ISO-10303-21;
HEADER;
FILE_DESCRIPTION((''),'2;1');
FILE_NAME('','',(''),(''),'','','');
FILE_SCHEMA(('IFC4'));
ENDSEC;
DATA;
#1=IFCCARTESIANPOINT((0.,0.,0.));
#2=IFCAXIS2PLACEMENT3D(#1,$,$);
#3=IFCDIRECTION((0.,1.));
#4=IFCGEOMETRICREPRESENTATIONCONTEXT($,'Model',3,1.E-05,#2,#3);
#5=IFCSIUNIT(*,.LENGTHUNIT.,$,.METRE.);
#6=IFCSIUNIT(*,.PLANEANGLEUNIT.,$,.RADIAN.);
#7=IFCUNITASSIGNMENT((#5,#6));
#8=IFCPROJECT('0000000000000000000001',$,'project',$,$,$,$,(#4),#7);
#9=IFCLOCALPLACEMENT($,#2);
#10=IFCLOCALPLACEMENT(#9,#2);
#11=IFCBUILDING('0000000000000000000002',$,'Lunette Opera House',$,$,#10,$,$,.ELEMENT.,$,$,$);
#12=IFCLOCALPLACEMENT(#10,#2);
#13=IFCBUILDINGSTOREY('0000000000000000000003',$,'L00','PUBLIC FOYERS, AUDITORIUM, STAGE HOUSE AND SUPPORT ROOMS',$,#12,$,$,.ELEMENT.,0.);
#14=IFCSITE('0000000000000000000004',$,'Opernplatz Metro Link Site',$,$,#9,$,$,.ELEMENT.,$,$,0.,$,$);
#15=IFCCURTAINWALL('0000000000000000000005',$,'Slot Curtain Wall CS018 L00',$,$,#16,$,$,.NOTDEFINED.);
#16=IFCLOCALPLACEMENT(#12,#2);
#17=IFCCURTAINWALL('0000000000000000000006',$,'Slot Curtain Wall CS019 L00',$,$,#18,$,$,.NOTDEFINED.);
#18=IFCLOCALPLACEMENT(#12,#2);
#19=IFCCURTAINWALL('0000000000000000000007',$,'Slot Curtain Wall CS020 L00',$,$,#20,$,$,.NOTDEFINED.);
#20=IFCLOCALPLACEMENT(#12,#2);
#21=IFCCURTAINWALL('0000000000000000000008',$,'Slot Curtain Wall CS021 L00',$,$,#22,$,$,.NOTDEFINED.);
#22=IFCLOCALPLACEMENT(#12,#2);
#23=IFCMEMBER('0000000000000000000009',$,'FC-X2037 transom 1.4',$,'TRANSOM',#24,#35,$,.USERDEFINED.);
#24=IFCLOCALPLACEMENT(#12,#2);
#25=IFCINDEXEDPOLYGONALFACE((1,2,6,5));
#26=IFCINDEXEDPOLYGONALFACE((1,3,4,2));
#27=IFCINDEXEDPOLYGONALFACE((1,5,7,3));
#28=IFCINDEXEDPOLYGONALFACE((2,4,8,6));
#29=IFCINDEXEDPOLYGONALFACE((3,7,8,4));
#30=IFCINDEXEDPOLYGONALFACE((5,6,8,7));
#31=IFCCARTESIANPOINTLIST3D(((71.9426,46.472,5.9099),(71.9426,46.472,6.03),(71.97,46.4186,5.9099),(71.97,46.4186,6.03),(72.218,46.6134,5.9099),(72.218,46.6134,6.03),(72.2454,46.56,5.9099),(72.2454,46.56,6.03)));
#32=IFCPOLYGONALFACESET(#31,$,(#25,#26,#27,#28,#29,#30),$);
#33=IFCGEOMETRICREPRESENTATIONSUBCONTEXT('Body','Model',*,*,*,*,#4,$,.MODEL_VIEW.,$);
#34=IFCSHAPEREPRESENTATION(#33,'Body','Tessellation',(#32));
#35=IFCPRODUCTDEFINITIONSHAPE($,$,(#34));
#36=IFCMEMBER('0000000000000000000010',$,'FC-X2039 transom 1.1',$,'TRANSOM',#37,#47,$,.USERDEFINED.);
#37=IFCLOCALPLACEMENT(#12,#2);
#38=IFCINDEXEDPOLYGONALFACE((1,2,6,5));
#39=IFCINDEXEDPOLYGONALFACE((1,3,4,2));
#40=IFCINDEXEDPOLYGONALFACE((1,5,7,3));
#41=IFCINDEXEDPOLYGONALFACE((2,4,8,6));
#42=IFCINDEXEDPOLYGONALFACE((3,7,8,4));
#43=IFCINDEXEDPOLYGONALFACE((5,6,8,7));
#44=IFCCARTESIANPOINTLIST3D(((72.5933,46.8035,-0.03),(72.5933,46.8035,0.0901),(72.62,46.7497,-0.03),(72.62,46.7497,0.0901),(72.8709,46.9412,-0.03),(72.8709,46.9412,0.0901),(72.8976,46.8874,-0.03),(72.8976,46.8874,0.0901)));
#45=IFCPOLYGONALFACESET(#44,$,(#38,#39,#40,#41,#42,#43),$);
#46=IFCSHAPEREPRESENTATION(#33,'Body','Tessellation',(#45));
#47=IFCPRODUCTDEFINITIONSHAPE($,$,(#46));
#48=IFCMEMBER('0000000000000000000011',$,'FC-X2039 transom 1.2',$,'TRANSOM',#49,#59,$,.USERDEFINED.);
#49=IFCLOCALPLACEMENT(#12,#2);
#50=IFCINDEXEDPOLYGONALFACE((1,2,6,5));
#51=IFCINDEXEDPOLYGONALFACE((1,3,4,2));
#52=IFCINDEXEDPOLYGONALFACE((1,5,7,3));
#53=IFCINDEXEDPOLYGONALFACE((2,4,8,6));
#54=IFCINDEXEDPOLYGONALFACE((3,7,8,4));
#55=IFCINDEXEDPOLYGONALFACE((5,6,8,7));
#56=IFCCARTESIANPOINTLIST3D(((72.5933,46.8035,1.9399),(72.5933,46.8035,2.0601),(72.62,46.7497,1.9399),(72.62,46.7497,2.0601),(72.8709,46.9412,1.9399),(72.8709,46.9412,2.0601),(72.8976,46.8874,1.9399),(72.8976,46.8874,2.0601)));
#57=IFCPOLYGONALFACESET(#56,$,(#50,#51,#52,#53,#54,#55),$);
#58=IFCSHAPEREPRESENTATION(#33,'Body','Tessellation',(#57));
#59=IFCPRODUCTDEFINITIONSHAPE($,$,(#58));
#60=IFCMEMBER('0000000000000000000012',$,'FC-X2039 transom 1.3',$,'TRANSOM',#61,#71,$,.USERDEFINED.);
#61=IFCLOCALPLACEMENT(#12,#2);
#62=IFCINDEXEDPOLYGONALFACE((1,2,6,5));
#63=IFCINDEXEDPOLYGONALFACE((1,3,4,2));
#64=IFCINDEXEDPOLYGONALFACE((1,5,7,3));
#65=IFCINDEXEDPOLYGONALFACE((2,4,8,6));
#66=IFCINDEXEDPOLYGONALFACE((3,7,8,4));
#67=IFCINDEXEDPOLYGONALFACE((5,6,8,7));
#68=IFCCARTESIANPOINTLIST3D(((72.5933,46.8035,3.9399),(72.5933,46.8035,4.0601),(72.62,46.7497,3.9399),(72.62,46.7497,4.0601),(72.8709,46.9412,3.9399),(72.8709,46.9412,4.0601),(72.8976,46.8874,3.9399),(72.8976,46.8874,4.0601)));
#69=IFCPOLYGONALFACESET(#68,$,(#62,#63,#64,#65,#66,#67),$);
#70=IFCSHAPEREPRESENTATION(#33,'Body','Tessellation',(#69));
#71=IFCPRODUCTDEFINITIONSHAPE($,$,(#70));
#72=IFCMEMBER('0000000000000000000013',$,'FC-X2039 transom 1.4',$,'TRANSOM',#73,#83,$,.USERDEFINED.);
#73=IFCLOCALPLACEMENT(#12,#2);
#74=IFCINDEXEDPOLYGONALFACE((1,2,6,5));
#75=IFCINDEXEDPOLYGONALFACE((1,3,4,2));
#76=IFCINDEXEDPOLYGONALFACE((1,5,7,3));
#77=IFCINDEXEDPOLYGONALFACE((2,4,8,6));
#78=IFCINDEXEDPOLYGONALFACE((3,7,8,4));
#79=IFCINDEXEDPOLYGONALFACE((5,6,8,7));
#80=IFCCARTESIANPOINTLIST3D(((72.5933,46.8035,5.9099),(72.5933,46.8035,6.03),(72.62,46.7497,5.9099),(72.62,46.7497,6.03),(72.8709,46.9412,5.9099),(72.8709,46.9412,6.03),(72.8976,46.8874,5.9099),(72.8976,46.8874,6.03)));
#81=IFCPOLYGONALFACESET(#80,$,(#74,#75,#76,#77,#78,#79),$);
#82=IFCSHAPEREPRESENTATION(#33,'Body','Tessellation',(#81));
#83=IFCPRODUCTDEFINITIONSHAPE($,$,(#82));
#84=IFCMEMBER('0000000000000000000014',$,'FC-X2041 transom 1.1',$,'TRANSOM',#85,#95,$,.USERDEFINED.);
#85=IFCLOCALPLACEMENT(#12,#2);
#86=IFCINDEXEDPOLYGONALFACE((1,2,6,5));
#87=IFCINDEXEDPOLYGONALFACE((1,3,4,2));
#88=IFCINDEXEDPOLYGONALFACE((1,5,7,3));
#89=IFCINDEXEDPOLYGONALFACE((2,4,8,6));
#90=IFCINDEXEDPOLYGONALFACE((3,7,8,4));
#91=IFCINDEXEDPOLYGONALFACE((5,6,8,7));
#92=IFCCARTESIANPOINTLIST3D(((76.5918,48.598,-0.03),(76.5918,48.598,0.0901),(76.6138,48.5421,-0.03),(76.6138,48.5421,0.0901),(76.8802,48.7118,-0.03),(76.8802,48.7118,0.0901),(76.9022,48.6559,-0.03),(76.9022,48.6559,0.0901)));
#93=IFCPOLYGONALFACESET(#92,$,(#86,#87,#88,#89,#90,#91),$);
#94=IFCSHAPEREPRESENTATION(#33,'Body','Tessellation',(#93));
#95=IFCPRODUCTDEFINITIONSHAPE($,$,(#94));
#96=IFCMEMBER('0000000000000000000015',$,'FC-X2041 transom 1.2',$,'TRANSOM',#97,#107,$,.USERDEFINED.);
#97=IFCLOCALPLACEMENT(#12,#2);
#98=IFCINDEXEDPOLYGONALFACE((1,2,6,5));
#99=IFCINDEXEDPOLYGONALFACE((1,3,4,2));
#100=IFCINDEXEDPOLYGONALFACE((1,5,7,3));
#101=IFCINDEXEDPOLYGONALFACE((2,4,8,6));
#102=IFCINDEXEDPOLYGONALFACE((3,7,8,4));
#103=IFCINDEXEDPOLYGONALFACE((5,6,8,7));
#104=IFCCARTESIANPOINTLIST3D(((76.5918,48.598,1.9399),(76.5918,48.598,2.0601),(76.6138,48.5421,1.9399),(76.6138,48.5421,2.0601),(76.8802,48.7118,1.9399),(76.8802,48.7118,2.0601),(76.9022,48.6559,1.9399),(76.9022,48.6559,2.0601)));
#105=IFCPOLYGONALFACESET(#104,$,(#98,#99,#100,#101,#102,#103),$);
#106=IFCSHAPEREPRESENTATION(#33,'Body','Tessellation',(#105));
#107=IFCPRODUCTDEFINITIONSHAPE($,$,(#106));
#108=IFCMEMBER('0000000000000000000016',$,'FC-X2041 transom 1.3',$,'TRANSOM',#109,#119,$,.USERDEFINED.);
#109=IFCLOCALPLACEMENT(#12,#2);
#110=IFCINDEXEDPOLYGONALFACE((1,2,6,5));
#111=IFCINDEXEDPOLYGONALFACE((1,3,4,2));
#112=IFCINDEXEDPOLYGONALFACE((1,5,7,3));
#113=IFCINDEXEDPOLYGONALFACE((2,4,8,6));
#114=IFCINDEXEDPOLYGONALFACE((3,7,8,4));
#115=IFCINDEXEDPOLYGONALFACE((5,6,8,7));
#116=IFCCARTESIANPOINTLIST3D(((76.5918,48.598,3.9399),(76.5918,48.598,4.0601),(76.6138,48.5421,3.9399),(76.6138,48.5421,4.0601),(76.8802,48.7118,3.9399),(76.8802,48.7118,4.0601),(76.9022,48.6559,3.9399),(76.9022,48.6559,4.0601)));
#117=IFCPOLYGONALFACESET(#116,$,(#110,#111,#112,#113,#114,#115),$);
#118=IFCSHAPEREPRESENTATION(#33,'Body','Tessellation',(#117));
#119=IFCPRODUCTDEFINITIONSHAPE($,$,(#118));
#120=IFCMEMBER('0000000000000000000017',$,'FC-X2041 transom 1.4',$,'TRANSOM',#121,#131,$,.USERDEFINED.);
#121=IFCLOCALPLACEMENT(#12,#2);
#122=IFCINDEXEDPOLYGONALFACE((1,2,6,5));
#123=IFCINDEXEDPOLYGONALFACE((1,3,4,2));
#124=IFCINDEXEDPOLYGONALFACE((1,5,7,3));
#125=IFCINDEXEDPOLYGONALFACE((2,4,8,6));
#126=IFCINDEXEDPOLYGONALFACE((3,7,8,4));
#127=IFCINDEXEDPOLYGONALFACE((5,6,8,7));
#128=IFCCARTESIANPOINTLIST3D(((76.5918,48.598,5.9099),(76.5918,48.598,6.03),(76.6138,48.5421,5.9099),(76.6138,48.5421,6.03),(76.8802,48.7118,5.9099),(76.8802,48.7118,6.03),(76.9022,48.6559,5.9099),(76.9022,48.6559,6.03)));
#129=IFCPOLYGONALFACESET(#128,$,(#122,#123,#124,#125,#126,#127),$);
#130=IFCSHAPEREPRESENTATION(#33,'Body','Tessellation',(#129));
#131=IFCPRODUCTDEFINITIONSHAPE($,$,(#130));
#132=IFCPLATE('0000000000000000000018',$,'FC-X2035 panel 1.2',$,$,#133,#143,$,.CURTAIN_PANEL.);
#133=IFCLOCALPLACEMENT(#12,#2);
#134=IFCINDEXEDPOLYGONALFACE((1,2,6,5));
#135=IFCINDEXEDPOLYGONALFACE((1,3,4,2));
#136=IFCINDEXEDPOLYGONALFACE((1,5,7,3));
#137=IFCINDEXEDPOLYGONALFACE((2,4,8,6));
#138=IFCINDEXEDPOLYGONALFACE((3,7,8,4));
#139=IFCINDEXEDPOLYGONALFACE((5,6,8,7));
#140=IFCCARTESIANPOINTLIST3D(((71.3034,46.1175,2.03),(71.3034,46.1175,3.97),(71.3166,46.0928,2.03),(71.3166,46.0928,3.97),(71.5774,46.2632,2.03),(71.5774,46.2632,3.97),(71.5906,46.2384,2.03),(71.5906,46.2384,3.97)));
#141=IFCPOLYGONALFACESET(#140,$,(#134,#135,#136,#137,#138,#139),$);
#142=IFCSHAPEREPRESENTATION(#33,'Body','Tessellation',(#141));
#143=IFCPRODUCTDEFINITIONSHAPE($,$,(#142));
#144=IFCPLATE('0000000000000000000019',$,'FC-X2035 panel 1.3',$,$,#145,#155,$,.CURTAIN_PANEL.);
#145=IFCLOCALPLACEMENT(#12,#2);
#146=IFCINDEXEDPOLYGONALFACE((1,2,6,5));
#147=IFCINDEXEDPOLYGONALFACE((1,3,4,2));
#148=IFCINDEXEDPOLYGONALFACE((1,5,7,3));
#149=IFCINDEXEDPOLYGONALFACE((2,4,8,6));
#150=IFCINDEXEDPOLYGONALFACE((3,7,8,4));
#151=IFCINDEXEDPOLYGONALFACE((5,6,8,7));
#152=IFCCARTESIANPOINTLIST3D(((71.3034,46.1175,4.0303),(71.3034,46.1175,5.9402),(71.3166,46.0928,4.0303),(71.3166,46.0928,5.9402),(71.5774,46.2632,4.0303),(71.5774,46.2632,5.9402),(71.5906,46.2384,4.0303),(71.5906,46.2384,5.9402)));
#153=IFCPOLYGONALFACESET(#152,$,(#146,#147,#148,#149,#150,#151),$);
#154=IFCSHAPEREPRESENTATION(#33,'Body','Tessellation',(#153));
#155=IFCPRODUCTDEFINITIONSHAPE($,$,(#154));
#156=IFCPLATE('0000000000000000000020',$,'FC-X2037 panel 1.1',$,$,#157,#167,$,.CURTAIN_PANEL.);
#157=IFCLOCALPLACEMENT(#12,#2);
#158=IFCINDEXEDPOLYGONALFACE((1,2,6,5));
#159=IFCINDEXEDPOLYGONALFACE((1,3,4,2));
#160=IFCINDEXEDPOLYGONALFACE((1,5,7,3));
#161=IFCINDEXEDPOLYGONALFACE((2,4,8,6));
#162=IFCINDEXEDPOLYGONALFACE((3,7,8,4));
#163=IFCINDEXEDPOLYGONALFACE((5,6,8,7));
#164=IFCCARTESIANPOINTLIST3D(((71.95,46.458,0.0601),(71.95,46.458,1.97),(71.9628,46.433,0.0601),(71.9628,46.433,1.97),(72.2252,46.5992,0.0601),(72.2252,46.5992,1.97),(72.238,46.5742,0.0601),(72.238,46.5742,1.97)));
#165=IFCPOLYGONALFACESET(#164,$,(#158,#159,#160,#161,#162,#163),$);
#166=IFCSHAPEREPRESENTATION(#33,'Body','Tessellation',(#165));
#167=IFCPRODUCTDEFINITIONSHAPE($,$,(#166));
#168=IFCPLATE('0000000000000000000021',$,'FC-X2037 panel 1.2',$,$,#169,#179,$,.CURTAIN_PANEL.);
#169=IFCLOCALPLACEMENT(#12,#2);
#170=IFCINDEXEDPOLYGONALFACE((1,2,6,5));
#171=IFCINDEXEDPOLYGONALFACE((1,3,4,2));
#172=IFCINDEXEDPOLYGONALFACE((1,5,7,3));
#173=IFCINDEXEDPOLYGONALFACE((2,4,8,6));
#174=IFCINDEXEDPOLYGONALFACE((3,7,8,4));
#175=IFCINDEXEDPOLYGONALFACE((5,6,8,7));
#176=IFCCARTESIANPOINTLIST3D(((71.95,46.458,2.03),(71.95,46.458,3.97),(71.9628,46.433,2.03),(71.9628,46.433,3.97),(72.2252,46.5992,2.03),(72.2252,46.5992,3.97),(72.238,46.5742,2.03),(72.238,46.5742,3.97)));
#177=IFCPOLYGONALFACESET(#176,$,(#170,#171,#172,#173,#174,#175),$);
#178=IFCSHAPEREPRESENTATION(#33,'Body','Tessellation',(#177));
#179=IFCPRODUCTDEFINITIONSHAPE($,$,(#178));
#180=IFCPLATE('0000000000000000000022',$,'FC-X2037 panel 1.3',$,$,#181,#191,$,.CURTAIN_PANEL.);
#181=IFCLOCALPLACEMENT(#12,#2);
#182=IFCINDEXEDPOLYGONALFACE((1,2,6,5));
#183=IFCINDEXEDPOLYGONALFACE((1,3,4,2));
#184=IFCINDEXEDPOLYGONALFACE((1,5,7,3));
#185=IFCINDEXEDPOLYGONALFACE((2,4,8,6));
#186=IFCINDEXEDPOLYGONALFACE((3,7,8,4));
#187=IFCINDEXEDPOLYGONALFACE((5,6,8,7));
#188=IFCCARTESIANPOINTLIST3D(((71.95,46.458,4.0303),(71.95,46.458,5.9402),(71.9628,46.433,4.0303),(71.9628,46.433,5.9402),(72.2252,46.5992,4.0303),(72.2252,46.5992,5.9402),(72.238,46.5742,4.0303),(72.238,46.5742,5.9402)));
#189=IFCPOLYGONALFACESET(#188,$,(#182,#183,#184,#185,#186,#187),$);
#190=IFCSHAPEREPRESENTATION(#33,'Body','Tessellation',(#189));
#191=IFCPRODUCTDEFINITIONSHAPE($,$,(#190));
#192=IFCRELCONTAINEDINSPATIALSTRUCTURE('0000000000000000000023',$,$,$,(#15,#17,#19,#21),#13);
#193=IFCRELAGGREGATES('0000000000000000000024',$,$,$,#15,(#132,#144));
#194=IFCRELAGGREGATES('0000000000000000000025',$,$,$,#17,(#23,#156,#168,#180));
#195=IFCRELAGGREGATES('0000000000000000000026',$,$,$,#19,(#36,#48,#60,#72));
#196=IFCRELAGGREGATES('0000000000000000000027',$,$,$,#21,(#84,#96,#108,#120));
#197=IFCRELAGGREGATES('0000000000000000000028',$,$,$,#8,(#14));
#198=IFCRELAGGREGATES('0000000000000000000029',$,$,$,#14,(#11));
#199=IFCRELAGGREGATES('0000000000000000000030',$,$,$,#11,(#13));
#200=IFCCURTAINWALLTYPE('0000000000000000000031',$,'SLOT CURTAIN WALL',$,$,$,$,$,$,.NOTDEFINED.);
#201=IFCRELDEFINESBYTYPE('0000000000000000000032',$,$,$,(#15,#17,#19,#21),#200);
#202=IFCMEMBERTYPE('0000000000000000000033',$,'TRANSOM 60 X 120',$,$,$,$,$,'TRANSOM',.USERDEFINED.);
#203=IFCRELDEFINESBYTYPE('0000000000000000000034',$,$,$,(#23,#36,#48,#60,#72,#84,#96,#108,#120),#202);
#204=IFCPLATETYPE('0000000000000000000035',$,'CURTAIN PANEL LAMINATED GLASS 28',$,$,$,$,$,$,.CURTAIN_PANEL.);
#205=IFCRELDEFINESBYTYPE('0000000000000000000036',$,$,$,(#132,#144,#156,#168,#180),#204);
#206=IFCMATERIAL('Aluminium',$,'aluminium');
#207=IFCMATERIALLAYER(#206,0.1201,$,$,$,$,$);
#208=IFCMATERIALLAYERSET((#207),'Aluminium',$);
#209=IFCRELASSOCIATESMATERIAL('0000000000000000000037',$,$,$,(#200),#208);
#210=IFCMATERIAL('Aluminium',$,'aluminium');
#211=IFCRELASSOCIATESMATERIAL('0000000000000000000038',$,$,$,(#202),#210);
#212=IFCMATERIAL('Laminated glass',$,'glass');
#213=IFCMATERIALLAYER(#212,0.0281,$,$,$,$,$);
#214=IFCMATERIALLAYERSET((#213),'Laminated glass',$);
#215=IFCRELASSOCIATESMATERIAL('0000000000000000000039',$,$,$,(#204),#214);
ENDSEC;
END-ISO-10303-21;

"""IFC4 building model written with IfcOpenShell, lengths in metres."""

from ifc_helpers import new_model, si_unit, direction, frame, origin, origin_2d, place, context, subcontext, project, spatial, rectangle, extrude, material, layer, layer_set, material_profile, profile_set, type_object, element, aggregate, save


model = new_model("IFC4")

# Units and contexts
model_context = context("Model", 3, precision=1e-05, world=origin(), true_north=direction((0.0, 1.0)))
body_context = subcontext(model_context, "Body", "Model", "MODEL_VIEW")
ifc_project = project(units=[si_unit("LENGTHUNIT", "METRE"), si_unit("PLANEANGLEUNIT", "RADIAN")], contexts=[model_context])

# Site, building, storey
site_placement = place(None, origin())
site = spatial("IfcSite", under=ifc_project, at=site_placement, Name="Opernplatz Metro Link Site", CompositionType="ELEMENT", RefElevation=0.0)
building_placement = place(site_placement, origin())
building = spatial("IfcBuilding", under=site, at=building_placement, Name="Lunette Opera House", CompositionType="ELEMENT")
storey_placement = place(building_placement, origin())
storey = spatial("IfcBuildingStorey", under=building, at=storey_placement, Name="L00", Description="PUBLIC FOYERS, AUDITORIUM, STAGE HOUSE AND SUPPORT ROOMS", CompositionType="ELEMENT", Elevation=0.0)

# Curtain wall
ifc_material_1 = material(Name="Aluminium", Category="aluminium")
ifc_layer_1 = layer(ifc_material_1, 0.1201)
ifc_layer_set_1 = layer_set([ifc_layer_1], Name="Aluminium")
curtain_wall_type = type_object("IfcCurtainWallType", Name="SLOT CURTAIN WALL", PredefinedType="NOTDEFINED", material=ifc_layer_set_1)
curtain_wall_1_placement = place(storey_placement, origin())
curtain_wall_1 = element("IfcCurtainWall", 1, at=curtain_wall_1_placement, inside=storey, type_object=curtain_wall_type, Name="Slot Curtain Wall CS018 L00", PredefinedType="NOTDEFINED")

# Curtain walls
curtain_wall_2_placement = place(storey_placement, origin())
curtain_wall_2 = element("IfcCurtainWall", 2, at=curtain_wall_2_placement, inside=storey, type_object=curtain_wall_type, Name="Slot Curtain Wall CS019 L00", PredefinedType="NOTDEFINED")
curtain_wall_3_placement = place(storey_placement, origin())
curtain_wall_3 = element("IfcCurtainWall", 3, at=curtain_wall_3_placement, inside=storey, type_object=curtain_wall_type, Name="Slot Curtain Wall CS020 L00", PredefinedType="NOTDEFINED")

# Curtain wall
curtain_wall_4_placement = place(storey_placement, origin())
curtain_wall_4 = element("IfcCurtainWall", 4, at=curtain_wall_4_placement, inside=storey, type_object=curtain_wall_type, Name="Slot Curtain Wall CS021 L00", PredefinedType="NOTDEFINED")

# Members
ifc_material_2 = material(Name="Aluminium", Category="aluminium")
ifc_material_profile_1 = material_profile(ifc_material_2, rectangle(XDim=0.0601, YDim=0.1201, at=origin_2d()), Name="TRANSOM 60 X 120")
ifc_profile_set_1 = profile_set([ifc_material_profile_1], Name="Aluminium")
member_type_1 = type_object("IfcMemberType", Name="TRANSOM 60 X 120", ElementType="TRANSOM", PredefinedType="USERDEFINED", material=ifc_profile_set_1)
member_1_placement = place(storey_placement, frame((71.9563, 46.4453, 5.97), z_axis=(0.889645, 0.456653, 0.0), x_axis=(-0.456653, 0.889645, 0.0)))
member_1 = element("IfcMember", 5, at=member_1_placement, type_object=member_type_1, Name="FC-X2037 transom 1.4", ObjectType="TRANSOM", PredefinedType="USERDEFINED", context=body_context, shape_type="SweptSolid", body=[
    extrude(rectangle(XDim=0.0601, YDim=0.1201, at=origin_2d()), origin(), (0.0, 0.0, 1.0), 0.3096),
])
member_2_placement = place(storey_placement, frame((72.6067, 46.7766, 0.03), z_axis=(0.895841, 0.444375, 0.0), x_axis=(-0.444375, 0.895841, 0.0)))
member_2 = element("IfcMember", 6, at=member_2_placement, type_object=member_type_1, Name="FC-X2039 transom 1.1", ObjectType="TRANSOM", PredefinedType="USERDEFINED", context=body_context, shape_type="SweptSolid", body=[
    extrude(rectangle(XDim=0.0601, YDim=0.1201, at=origin_2d()), origin(), (0.0, 0.0, 1.0), 0.3098),
])
member_3_placement = place(storey_placement, frame((72.6067, 46.7766, 2.0), z_axis=(0.895841, 0.444375, 0.0), x_axis=(-0.444375, 0.895841, 0.0)))
member_3 = element("IfcMember", 7, at=member_3_placement, type_object=member_type_1, Name="FC-X2039 transom 1.2", ObjectType="TRANSOM", PredefinedType="USERDEFINED", context=body_context, shape_type="SweptSolid", body=[
    extrude(rectangle(XDim=0.0601, YDim=0.1201, at=origin_2d()), origin(), (0.0, 0.0, 1.0), 0.3098),
])
member_4_placement = place(storey_placement, frame((72.6067, 46.7766, 4.0), z_axis=(0.895841, 0.444375, 0.0), x_axis=(-0.444375, 0.895841, 0.0)))
member_4 = element("IfcMember", 8, at=member_4_placement, type_object=member_type_1, Name="FC-X2039 transom 1.3", ObjectType="TRANSOM", PredefinedType="USERDEFINED", context=body_context, shape_type="SweptSolid", body=[
    extrude(rectangle(XDim=0.0601, YDim=0.1201, at=origin_2d()), origin(), (0.0, 0.0, 1.0), 0.3098),
])
member_5_placement = place(storey_placement, frame((72.6067, 46.7766, 5.97), z_axis=(0.895841, 0.444375, 0.0), x_axis=(-0.444375, 0.895841, 0.0)))
member_5 = element("IfcMember", 9, at=member_5_placement, type_object=member_type_1, Name="FC-X2039 transom 1.4", ObjectType="TRANSOM", PredefinedType="USERDEFINED", context=body_context, shape_type="SweptSolid", body=[
    extrude(rectangle(XDim=0.0601, YDim=0.1201, at=origin_2d()), origin(), (0.0, 0.0, 1.0), 0.3098),
])
member_6_placement = place(storey_placement, frame((76.6028, 48.5701, 0.03), z_axis=(0.930205, 0.367041, 0.0), x_axis=(-0.367041, 0.930205, 0.0)))
member_6 = element("IfcMember", 10, at=member_6_placement, type_object=member_type_1, Name="FC-X2041 transom 1.1", ObjectType="TRANSOM", PredefinedType="USERDEFINED", context=body_context, shape_type="SweptSolid", body=[
    extrude(rectangle(XDim=0.0601, YDim=0.1201, at=origin_2d()), origin(), (0.0, 0.0, 1.0), 0.3101),
])
member_7_placement = place(storey_placement, frame((76.6028, 48.5701, 2.0), z_axis=(0.930205, 0.367041, 0.0), x_axis=(-0.367041, 0.930205, 0.0)))
member_7 = element("IfcMember", 11, at=member_7_placement, type_object=member_type_1, Name="FC-X2041 transom 1.2", ObjectType="TRANSOM", PredefinedType="USERDEFINED", context=body_context, shape_type="SweptSolid", body=[
    extrude(rectangle(XDim=0.0601, YDim=0.1201, at=origin_2d()), origin(), (0.0, 0.0, 1.0), 0.3101),
])
member_8_placement = place(storey_placement, frame((76.6028, 48.5701, 4.0), z_axis=(0.930205, 0.367041, 0.0), x_axis=(-0.367041, 0.930205, 0.0)))
member_8 = element("IfcMember", 12, at=member_8_placement, type_object=member_type_1, Name="FC-X2041 transom 1.3", ObjectType="TRANSOM", PredefinedType="USERDEFINED", context=body_context, shape_type="SweptSolid", body=[
    extrude(rectangle(XDim=0.0601, YDim=0.1201, at=origin_2d()), origin(), (0.0, 0.0, 1.0), 0.3101),
])
member_9_placement = place(storey_placement, frame((76.6028, 48.5701, 5.97), z_axis=(0.930205, 0.367041, 0.0), x_axis=(-0.367041, 0.930205, 0.0)))
member_9 = element("IfcMember", 13, at=member_9_placement, type_object=member_type_1, Name="FC-X2041 transom 1.4", ObjectType="TRANSOM", PredefinedType="USERDEFINED", context=body_context, shape_type="SweptSolid", body=[
    extrude(rectangle(XDim=0.0601, YDim=0.1201, at=origin_2d()), origin(), (0.0, 0.0, 1.0), 0.3101),
])

# Plates
ifc_material_3 = material(Name="Laminated glass", Category="glass")
ifc_layer_2 = layer(ifc_material_3, 0.0281)
ifc_layer_set_2 = layer_set([ifc_layer_2], Name="Laminated glass")
plate_type = type_object("IfcPlateType", Name="CURTAIN PANEL LAMINATED GLASS 28", PredefinedType="CURTAIN_PANEL", material=ifc_layer_set_2)
plate_1_placement = place(storey_placement, frame((71.447, 46.178, 2.03), z_axis=(0.0, 0.0, 1.0), x_axis=(0.882995, 0.469382, 0.0)))
plate_1 = element("IfcPlate", 14, at=plate_1_placement, type_object=plate_type, Name="FC-X2035 panel 1.2", PredefinedType="CURTAIN_PANEL", context=body_context, shape_type="SweptSolid", body=[
    extrude(rectangle(XDim=0.3103, YDim=0.0281, at=origin_2d()), origin(), (0.0, 0.0, 1.0), 1.9399),
])
plate_2_placement = place(storey_placement, frame((71.447, 46.178, 4.0303), z_axis=(0.0, 0.0, 1.0), x_axis=(0.882995, 0.469382, 0.0)))
plate_2 = element("IfcPlate", 15, at=plate_2_placement, type_object=plate_type, Name="FC-X2035 panel 1.3", PredefinedType="CURTAIN_PANEL", context=body_context, shape_type="SweptSolid", body=[
    extrude(rectangle(XDim=0.3103, YDim=0.0281, at=origin_2d()), origin(), (0.0, 0.0, 1.0), 1.9099),
])
aggregate(curtain_wall_1, [plate_1, plate_2])
plate_3_placement = place(storey_placement, frame((72.094, 46.5161, 0.0601), z_axis=(0.0, 0.0, 1.0), x_axis=(0.88972, 0.456506, 0.0)))
plate_3 = element("IfcPlate", 16, at=plate_3_placement, type_object=plate_type, Name="FC-X2037 panel 1.1", PredefinedType="CURTAIN_PANEL", context=body_context, shape_type="SweptSolid", body=[
    extrude(rectangle(XDim=0.3093, YDim=0.0281, at=origin_2d()), origin(), (0.0, 0.0, 1.0), 1.9099),
])
plate_4_placement = place(storey_placement, frame((72.094, 46.5161, 2.03), z_axis=(0.0, 0.0, 1.0), x_axis=(0.88972, 0.456506, 0.0)))
plate_4 = element("IfcPlate", 17, at=plate_4_placement, type_object=plate_type, Name="FC-X2037 panel 1.2", PredefinedType="CURTAIN_PANEL", context=body_context, shape_type="SweptSolid", body=[
    extrude(rectangle(XDim=0.3093, YDim=0.0281, at=origin_2d()), origin(), (0.0, 0.0, 1.0), 1.9399),
])
plate_5_placement = place(storey_placement, frame((72.094, 46.5161, 4.0303), z_axis=(0.0, 0.0, 1.0), x_axis=(0.88972, 0.456506, 0.0)))
plate_5 = element("IfcPlate", 18, at=plate_5_placement, type_object=plate_type, Name="FC-X2037 panel 1.3", PredefinedType="CURTAIN_PANEL", context=body_context, shape_type="SweptSolid", body=[
    extrude(rectangle(XDim=0.3093, YDim=0.0281, at=origin_2d()), origin(), (0.0, 0.0, 1.0), 1.9099),
])
aggregate(curtain_wall_2, [member_1, plate_3, plate_4, plate_5])
aggregate(curtain_wall_3, [member_2, member_3, member_4, member_5])
aggregate(curtain_wall_4, [member_6, member_7, member_8, member_9])

save(model, "model.ifc")
